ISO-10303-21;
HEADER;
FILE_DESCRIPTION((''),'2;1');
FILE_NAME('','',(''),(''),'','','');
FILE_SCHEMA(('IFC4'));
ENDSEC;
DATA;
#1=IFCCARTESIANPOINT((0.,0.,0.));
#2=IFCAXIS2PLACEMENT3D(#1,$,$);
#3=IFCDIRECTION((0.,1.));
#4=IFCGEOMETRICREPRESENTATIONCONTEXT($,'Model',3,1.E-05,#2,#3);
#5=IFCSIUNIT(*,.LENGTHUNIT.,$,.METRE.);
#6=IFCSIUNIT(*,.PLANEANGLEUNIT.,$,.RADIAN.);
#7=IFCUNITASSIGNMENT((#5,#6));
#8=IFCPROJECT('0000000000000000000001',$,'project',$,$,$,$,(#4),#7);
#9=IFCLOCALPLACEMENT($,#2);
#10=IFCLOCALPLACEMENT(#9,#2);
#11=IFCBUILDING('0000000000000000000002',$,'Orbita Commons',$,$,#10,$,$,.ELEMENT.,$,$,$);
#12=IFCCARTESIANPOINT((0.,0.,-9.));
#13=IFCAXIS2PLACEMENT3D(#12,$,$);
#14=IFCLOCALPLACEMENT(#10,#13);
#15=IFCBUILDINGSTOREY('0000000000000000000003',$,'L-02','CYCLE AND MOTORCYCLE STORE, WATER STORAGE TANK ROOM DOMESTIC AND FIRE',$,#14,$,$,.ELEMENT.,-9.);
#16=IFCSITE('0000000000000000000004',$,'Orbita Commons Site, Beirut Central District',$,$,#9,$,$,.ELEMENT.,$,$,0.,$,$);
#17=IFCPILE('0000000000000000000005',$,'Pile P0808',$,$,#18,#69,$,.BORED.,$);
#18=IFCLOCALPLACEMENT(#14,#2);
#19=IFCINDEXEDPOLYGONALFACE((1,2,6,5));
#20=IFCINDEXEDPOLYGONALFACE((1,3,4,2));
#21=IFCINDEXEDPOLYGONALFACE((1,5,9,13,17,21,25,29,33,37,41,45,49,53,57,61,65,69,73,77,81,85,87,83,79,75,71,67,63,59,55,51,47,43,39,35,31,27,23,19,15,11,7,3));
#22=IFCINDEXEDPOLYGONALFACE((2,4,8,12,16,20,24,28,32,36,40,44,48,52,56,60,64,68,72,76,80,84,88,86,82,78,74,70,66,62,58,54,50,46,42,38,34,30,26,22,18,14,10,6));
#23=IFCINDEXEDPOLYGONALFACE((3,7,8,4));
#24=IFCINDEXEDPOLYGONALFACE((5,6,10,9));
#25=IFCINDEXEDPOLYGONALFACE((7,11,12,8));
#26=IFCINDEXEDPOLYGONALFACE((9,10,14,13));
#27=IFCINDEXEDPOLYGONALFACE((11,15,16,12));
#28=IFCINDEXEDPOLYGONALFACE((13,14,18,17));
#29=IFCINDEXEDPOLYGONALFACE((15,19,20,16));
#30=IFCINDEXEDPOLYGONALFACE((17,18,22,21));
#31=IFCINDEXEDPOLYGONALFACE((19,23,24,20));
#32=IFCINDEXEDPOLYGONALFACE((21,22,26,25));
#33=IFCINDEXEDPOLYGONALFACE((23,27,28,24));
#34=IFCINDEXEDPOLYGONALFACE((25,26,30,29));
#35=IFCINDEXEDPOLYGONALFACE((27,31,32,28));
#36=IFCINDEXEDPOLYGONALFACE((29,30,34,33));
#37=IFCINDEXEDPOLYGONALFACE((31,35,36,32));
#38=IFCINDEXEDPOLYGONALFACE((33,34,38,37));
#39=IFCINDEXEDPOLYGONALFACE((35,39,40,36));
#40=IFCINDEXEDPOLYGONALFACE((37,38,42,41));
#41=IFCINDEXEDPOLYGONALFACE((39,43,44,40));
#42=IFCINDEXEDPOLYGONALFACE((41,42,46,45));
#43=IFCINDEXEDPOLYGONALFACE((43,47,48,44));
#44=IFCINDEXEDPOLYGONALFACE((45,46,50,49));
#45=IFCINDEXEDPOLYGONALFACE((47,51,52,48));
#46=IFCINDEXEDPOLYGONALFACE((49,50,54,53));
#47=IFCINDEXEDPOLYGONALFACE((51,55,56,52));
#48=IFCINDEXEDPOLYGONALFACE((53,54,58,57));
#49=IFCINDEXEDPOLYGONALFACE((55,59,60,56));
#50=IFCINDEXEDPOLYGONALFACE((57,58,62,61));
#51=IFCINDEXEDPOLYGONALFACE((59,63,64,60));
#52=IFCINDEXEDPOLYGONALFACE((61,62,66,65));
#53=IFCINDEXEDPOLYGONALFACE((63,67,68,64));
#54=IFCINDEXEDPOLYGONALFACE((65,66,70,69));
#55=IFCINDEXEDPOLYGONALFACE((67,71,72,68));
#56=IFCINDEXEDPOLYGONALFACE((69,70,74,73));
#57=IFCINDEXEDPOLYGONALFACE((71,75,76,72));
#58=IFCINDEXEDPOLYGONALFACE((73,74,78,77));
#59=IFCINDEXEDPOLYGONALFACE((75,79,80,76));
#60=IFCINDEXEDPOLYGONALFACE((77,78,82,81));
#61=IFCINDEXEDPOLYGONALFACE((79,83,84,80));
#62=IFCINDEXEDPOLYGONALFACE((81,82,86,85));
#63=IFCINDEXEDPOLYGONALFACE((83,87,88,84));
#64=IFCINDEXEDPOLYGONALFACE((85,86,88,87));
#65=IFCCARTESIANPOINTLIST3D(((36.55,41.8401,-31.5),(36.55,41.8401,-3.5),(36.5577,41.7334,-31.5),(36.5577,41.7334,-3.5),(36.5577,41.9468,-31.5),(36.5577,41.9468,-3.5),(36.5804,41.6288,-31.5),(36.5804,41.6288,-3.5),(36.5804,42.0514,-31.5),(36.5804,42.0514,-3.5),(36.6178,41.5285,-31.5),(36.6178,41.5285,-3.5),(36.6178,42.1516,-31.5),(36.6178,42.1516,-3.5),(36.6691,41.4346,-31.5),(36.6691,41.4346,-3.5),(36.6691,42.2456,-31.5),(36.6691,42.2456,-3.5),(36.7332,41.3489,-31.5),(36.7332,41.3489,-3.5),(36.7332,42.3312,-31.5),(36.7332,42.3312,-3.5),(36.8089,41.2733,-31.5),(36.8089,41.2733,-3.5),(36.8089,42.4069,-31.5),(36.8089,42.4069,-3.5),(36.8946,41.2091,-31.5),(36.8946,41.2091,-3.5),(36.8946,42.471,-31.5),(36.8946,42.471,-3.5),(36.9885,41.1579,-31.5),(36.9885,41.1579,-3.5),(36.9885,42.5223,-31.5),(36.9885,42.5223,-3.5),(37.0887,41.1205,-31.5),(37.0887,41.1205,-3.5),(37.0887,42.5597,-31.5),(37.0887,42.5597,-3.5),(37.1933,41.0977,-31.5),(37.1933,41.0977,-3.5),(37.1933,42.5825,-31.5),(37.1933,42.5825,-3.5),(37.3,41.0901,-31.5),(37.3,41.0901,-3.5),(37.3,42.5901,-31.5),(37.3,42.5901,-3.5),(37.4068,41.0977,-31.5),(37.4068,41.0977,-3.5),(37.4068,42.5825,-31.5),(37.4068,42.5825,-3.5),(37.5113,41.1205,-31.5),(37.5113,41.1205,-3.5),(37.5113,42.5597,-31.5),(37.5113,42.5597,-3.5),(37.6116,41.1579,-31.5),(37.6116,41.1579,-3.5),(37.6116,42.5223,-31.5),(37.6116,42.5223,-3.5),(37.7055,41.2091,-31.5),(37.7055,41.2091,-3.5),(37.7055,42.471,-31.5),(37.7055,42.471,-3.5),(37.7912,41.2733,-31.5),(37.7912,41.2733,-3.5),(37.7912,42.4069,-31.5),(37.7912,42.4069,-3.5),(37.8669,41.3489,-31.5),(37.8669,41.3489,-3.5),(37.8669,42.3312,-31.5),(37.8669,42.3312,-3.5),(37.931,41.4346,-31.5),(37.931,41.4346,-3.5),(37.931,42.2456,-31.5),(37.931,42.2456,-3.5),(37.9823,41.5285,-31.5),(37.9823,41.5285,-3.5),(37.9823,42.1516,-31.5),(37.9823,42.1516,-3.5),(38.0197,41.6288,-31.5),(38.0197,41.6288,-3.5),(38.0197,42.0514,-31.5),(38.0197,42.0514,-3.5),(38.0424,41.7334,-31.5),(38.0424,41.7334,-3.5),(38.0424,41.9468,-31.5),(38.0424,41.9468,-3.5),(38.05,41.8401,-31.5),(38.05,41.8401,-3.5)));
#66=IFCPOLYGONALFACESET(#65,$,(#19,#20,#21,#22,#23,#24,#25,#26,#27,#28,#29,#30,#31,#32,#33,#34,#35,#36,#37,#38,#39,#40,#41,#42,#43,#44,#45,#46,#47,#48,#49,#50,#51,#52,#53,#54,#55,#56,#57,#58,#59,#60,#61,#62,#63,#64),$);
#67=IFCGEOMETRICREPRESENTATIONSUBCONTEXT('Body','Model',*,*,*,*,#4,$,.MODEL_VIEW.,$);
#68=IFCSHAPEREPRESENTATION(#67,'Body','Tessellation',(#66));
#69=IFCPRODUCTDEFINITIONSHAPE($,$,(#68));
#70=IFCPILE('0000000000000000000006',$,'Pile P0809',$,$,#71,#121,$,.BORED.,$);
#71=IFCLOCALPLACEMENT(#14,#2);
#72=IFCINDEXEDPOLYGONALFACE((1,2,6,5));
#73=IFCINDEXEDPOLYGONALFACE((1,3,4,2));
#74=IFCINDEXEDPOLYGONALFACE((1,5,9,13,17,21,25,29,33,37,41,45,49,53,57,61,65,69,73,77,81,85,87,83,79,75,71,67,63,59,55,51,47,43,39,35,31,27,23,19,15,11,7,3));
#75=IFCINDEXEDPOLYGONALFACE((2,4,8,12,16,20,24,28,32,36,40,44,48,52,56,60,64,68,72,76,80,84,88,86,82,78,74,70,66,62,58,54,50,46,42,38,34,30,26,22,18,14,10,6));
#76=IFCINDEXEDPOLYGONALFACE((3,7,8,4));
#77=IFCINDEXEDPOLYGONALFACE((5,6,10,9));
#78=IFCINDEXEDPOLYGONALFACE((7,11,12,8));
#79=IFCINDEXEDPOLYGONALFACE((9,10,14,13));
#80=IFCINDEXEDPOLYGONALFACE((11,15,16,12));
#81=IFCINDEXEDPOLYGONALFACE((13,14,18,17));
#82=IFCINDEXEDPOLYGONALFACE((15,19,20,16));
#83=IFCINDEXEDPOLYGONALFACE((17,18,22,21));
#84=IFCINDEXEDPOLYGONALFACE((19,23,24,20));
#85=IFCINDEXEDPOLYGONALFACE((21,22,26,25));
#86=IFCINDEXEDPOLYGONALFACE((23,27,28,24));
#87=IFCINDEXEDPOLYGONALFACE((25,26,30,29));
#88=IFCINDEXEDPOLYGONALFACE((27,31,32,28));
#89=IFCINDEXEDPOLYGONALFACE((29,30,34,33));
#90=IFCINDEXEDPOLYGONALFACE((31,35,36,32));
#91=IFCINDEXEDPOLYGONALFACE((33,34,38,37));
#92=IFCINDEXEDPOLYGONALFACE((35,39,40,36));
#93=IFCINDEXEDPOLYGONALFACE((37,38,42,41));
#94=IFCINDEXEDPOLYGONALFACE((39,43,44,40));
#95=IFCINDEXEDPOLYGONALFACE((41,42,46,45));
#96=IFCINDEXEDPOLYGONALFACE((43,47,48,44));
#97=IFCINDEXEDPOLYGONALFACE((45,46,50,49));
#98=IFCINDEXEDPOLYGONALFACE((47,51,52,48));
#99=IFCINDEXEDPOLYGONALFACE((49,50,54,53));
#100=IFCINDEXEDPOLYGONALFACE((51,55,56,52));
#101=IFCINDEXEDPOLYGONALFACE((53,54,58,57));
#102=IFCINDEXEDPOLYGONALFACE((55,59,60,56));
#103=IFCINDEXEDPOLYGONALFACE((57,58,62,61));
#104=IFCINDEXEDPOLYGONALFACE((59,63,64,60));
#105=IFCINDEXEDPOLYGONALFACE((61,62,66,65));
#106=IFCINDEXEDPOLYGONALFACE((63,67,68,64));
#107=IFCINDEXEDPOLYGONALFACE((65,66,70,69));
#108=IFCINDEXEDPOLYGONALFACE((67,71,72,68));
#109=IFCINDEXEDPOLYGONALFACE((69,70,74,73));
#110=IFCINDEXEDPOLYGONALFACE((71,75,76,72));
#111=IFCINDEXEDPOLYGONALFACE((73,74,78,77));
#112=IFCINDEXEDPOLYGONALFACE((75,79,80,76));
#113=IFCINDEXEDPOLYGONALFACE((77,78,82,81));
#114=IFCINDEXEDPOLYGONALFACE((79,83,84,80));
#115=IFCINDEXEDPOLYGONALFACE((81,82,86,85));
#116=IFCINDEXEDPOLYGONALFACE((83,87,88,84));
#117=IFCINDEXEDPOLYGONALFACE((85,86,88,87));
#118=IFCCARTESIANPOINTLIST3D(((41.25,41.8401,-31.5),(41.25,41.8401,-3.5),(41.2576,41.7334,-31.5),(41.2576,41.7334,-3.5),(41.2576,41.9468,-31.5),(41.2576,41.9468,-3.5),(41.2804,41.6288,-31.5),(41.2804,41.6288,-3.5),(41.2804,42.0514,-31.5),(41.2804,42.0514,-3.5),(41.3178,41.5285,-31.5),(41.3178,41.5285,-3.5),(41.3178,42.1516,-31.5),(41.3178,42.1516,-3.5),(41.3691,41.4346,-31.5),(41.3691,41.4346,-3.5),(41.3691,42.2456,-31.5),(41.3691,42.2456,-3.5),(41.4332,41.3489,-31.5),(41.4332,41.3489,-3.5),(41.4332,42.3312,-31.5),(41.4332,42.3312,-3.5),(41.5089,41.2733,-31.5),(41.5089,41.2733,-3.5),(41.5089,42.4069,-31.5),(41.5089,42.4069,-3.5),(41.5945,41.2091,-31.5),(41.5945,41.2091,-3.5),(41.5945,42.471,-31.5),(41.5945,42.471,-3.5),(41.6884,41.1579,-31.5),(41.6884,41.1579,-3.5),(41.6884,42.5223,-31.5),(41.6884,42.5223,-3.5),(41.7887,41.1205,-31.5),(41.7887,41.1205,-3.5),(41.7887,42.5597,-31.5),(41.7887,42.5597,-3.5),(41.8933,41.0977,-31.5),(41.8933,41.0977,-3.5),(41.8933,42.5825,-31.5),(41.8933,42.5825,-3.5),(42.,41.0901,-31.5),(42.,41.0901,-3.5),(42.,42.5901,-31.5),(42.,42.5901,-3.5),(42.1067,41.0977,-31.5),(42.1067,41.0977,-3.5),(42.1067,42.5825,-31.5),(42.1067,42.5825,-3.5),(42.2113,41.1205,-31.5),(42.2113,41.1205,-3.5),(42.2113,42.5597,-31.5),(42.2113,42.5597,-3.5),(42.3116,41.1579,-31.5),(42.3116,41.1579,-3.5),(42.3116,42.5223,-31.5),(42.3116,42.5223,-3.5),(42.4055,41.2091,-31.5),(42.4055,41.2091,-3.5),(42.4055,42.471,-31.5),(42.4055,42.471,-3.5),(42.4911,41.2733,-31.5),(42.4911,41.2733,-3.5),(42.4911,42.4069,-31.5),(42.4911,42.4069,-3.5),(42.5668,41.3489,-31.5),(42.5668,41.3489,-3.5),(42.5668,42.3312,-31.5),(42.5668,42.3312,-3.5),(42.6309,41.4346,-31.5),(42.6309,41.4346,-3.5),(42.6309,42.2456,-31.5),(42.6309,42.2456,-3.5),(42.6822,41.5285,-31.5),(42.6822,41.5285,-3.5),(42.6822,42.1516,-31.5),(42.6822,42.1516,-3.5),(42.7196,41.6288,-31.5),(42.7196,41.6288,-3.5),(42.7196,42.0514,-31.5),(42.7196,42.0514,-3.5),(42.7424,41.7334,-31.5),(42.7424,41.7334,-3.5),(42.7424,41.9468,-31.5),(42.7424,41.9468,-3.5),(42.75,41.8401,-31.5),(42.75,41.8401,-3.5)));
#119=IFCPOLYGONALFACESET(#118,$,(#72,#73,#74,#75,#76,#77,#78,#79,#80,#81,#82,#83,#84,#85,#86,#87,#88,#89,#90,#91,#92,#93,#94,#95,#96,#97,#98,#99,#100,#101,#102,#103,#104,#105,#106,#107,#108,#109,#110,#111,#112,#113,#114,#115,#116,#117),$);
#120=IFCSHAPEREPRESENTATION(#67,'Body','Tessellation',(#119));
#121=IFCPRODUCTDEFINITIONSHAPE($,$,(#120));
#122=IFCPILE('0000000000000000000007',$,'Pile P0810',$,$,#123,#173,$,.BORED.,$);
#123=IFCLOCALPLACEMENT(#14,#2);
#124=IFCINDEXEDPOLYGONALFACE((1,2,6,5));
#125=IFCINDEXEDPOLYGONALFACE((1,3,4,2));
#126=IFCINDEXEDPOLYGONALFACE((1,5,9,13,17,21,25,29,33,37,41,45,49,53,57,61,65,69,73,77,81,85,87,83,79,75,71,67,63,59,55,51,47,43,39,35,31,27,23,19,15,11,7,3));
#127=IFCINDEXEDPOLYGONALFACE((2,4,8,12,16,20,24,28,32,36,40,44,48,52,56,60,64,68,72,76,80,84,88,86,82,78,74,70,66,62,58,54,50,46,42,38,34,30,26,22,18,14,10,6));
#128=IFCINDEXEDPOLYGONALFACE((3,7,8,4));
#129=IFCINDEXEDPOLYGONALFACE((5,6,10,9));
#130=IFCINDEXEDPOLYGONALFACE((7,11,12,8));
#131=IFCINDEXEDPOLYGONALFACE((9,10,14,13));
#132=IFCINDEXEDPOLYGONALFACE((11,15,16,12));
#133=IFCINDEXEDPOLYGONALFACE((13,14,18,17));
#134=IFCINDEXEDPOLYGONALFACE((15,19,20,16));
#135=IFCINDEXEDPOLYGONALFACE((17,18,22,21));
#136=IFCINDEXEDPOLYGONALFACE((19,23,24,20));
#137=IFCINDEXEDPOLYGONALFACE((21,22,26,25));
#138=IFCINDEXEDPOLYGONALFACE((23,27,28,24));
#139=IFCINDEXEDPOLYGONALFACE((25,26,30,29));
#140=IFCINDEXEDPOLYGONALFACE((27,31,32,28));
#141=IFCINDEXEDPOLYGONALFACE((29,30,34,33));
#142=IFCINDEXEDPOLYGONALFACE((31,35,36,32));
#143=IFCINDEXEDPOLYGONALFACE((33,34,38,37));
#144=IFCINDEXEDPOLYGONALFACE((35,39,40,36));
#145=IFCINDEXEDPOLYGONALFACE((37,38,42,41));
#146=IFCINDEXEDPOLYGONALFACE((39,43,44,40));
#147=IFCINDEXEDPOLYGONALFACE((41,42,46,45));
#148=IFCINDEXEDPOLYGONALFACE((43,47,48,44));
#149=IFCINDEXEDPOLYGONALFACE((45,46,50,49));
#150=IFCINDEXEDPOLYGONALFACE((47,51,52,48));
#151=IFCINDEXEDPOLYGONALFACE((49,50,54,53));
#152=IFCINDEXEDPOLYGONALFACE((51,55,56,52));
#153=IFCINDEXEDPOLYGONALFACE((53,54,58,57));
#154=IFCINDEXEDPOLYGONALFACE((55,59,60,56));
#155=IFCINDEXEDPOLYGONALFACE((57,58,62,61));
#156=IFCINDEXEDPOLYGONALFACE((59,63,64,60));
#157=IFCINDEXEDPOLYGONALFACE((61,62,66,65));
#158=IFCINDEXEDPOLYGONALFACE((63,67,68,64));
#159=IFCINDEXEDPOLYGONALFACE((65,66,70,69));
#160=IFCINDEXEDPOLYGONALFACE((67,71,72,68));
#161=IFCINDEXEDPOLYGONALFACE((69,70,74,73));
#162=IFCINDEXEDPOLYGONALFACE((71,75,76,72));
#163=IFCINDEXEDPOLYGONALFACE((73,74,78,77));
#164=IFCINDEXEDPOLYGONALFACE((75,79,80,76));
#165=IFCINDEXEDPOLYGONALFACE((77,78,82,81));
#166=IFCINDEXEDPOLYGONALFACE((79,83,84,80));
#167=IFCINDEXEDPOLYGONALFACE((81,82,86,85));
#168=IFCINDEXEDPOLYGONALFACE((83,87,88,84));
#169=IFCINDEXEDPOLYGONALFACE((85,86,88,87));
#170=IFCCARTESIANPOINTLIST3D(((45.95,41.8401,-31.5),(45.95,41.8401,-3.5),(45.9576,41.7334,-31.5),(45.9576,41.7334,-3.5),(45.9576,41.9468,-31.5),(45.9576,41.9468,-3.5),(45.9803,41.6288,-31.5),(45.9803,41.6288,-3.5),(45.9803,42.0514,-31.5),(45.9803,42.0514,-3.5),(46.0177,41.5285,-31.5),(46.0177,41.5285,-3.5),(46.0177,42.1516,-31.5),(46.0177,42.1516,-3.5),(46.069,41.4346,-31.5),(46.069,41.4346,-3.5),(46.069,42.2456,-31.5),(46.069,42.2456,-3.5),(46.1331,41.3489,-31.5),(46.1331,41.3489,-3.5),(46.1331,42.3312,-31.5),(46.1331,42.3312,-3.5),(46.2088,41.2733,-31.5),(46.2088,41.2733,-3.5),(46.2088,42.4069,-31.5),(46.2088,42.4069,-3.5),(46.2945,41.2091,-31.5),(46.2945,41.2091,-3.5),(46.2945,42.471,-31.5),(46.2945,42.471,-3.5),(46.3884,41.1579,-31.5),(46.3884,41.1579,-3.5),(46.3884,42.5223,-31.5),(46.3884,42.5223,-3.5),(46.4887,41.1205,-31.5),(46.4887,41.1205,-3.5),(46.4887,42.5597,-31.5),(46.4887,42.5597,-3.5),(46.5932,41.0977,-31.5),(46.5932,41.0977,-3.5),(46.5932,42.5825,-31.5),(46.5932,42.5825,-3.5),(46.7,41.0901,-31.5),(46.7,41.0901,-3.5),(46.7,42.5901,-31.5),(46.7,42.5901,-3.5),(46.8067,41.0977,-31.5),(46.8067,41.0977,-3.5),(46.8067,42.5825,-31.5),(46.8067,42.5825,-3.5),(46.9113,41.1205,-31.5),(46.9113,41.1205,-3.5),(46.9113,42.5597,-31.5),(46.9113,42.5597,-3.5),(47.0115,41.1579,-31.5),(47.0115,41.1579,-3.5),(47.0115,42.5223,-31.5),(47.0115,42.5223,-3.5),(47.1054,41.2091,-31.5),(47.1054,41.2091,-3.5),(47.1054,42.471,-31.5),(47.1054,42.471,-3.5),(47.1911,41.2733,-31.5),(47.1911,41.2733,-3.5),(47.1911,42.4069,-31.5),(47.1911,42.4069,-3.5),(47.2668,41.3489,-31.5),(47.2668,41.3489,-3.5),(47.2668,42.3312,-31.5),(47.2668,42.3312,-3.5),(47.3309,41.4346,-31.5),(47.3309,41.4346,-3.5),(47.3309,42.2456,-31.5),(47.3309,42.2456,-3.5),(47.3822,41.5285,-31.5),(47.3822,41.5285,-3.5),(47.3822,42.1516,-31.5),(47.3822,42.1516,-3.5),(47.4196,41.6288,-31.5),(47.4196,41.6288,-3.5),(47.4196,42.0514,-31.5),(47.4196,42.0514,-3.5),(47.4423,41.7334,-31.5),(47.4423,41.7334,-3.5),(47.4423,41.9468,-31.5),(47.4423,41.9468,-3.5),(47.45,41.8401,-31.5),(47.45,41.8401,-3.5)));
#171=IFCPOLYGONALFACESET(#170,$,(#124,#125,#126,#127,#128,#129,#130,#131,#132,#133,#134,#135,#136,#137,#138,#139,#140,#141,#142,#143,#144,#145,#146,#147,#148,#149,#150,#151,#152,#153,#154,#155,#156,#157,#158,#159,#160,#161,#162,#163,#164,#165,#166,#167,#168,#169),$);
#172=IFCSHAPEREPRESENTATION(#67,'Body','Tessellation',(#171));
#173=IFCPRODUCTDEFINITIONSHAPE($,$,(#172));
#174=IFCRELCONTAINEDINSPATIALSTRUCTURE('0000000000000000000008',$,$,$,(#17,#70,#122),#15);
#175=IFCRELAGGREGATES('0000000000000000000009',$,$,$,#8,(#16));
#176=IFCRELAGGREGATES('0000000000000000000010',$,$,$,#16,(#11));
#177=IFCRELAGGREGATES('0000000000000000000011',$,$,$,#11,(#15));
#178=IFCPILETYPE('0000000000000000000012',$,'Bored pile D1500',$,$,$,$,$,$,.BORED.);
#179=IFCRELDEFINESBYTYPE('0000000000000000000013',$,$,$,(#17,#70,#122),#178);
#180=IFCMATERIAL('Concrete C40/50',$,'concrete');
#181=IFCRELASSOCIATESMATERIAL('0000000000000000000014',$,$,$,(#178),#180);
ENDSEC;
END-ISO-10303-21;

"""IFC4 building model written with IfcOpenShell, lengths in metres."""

from ifc_helpers import new_model, si_unit, direction, frame, origin, origin_2d, place, context, subcontext, project, spatial, circle, extrude, material, material_profile, profile_set, type_object, element, save


model = new_model("IFC4")

# Units and contexts
model_context = context("Model", 3, precision=1e-05, world=origin(), true_north=direction((0.0, 1.0)))
body_context = subcontext(model_context, "Body", "Model", "MODEL_VIEW")
ifc_project = project(units=[si_unit("LENGTHUNIT", "METRE"), si_unit("PLANEANGLEUNIT", "RADIAN")], contexts=[model_context])

# Site, building, storey
site_placement = place(None, origin())
site = spatial("IfcSite", under=ifc_project, at=site_placement, Name="Orbita Commons Site, Beirut Central District", CompositionType="ELEMENT", RefElevation=0.0)
building_placement = place(site_placement, origin())
building = spatial("IfcBuilding", under=site, at=building_placement, Name="Orbita Commons", CompositionType="ELEMENT")
storey_placement = place(building_placement, frame((0.0, 0.0, -9.0)))
storey = spatial("IfcBuildingStorey", under=building, at=storey_placement, Name="L-02", Description="CYCLE AND MOTORCYCLE STORE, WATER STORAGE TANK ROOM DOMESTIC AND FIRE", CompositionType="ELEMENT", Elevation=-9.0)

# Piles
ifc_material_1 = material(Name="Concrete C40/50", Category="concrete")
ifc_material_profile = material_profile(ifc_material_1, circle(Radius=0.75, at=origin_2d()), Name="RC D1500")
ifc_profile_set = profile_set([ifc_material_profile], Name="Concrete C40/50")
pile_type = type_object("IfcPileType", Name="Bored pile D1500", PredefinedType="BORED", material=ifc_profile_set)
for number, where, z_axis, x_axis, name in (
    (1, (37.3, 41.8401, -3.5), (0.0, 0.0, -1.0), (1.0, 0.0, 0.0), "Pile P0808"),
    (2, (42.0, 41.8401, -3.5), (0.0, 0.0, -1.0), (1.0, 0.0, 0.0), "Pile P0809"),
    (3, (46.7, 41.8401, -3.5), (0.0, 0.0, -1.0), (1.0, 0.0, 0.0), "Pile P0810"),
):
    element("IfcPile", number, at=place(storey_placement, frame(where, z_axis=z_axis, x_axis=x_axis)), inside=storey, type_object=pile_type, Name=name, PredefinedType="BORED", context=body_context, shape_type="SweptSolid", body=[
        extrude(circle(Radius=0.75, at=origin_2d()), origin(), (0.0, 0.0, 1.0), 28.0),
    ])

save(model, "model.ifc")
